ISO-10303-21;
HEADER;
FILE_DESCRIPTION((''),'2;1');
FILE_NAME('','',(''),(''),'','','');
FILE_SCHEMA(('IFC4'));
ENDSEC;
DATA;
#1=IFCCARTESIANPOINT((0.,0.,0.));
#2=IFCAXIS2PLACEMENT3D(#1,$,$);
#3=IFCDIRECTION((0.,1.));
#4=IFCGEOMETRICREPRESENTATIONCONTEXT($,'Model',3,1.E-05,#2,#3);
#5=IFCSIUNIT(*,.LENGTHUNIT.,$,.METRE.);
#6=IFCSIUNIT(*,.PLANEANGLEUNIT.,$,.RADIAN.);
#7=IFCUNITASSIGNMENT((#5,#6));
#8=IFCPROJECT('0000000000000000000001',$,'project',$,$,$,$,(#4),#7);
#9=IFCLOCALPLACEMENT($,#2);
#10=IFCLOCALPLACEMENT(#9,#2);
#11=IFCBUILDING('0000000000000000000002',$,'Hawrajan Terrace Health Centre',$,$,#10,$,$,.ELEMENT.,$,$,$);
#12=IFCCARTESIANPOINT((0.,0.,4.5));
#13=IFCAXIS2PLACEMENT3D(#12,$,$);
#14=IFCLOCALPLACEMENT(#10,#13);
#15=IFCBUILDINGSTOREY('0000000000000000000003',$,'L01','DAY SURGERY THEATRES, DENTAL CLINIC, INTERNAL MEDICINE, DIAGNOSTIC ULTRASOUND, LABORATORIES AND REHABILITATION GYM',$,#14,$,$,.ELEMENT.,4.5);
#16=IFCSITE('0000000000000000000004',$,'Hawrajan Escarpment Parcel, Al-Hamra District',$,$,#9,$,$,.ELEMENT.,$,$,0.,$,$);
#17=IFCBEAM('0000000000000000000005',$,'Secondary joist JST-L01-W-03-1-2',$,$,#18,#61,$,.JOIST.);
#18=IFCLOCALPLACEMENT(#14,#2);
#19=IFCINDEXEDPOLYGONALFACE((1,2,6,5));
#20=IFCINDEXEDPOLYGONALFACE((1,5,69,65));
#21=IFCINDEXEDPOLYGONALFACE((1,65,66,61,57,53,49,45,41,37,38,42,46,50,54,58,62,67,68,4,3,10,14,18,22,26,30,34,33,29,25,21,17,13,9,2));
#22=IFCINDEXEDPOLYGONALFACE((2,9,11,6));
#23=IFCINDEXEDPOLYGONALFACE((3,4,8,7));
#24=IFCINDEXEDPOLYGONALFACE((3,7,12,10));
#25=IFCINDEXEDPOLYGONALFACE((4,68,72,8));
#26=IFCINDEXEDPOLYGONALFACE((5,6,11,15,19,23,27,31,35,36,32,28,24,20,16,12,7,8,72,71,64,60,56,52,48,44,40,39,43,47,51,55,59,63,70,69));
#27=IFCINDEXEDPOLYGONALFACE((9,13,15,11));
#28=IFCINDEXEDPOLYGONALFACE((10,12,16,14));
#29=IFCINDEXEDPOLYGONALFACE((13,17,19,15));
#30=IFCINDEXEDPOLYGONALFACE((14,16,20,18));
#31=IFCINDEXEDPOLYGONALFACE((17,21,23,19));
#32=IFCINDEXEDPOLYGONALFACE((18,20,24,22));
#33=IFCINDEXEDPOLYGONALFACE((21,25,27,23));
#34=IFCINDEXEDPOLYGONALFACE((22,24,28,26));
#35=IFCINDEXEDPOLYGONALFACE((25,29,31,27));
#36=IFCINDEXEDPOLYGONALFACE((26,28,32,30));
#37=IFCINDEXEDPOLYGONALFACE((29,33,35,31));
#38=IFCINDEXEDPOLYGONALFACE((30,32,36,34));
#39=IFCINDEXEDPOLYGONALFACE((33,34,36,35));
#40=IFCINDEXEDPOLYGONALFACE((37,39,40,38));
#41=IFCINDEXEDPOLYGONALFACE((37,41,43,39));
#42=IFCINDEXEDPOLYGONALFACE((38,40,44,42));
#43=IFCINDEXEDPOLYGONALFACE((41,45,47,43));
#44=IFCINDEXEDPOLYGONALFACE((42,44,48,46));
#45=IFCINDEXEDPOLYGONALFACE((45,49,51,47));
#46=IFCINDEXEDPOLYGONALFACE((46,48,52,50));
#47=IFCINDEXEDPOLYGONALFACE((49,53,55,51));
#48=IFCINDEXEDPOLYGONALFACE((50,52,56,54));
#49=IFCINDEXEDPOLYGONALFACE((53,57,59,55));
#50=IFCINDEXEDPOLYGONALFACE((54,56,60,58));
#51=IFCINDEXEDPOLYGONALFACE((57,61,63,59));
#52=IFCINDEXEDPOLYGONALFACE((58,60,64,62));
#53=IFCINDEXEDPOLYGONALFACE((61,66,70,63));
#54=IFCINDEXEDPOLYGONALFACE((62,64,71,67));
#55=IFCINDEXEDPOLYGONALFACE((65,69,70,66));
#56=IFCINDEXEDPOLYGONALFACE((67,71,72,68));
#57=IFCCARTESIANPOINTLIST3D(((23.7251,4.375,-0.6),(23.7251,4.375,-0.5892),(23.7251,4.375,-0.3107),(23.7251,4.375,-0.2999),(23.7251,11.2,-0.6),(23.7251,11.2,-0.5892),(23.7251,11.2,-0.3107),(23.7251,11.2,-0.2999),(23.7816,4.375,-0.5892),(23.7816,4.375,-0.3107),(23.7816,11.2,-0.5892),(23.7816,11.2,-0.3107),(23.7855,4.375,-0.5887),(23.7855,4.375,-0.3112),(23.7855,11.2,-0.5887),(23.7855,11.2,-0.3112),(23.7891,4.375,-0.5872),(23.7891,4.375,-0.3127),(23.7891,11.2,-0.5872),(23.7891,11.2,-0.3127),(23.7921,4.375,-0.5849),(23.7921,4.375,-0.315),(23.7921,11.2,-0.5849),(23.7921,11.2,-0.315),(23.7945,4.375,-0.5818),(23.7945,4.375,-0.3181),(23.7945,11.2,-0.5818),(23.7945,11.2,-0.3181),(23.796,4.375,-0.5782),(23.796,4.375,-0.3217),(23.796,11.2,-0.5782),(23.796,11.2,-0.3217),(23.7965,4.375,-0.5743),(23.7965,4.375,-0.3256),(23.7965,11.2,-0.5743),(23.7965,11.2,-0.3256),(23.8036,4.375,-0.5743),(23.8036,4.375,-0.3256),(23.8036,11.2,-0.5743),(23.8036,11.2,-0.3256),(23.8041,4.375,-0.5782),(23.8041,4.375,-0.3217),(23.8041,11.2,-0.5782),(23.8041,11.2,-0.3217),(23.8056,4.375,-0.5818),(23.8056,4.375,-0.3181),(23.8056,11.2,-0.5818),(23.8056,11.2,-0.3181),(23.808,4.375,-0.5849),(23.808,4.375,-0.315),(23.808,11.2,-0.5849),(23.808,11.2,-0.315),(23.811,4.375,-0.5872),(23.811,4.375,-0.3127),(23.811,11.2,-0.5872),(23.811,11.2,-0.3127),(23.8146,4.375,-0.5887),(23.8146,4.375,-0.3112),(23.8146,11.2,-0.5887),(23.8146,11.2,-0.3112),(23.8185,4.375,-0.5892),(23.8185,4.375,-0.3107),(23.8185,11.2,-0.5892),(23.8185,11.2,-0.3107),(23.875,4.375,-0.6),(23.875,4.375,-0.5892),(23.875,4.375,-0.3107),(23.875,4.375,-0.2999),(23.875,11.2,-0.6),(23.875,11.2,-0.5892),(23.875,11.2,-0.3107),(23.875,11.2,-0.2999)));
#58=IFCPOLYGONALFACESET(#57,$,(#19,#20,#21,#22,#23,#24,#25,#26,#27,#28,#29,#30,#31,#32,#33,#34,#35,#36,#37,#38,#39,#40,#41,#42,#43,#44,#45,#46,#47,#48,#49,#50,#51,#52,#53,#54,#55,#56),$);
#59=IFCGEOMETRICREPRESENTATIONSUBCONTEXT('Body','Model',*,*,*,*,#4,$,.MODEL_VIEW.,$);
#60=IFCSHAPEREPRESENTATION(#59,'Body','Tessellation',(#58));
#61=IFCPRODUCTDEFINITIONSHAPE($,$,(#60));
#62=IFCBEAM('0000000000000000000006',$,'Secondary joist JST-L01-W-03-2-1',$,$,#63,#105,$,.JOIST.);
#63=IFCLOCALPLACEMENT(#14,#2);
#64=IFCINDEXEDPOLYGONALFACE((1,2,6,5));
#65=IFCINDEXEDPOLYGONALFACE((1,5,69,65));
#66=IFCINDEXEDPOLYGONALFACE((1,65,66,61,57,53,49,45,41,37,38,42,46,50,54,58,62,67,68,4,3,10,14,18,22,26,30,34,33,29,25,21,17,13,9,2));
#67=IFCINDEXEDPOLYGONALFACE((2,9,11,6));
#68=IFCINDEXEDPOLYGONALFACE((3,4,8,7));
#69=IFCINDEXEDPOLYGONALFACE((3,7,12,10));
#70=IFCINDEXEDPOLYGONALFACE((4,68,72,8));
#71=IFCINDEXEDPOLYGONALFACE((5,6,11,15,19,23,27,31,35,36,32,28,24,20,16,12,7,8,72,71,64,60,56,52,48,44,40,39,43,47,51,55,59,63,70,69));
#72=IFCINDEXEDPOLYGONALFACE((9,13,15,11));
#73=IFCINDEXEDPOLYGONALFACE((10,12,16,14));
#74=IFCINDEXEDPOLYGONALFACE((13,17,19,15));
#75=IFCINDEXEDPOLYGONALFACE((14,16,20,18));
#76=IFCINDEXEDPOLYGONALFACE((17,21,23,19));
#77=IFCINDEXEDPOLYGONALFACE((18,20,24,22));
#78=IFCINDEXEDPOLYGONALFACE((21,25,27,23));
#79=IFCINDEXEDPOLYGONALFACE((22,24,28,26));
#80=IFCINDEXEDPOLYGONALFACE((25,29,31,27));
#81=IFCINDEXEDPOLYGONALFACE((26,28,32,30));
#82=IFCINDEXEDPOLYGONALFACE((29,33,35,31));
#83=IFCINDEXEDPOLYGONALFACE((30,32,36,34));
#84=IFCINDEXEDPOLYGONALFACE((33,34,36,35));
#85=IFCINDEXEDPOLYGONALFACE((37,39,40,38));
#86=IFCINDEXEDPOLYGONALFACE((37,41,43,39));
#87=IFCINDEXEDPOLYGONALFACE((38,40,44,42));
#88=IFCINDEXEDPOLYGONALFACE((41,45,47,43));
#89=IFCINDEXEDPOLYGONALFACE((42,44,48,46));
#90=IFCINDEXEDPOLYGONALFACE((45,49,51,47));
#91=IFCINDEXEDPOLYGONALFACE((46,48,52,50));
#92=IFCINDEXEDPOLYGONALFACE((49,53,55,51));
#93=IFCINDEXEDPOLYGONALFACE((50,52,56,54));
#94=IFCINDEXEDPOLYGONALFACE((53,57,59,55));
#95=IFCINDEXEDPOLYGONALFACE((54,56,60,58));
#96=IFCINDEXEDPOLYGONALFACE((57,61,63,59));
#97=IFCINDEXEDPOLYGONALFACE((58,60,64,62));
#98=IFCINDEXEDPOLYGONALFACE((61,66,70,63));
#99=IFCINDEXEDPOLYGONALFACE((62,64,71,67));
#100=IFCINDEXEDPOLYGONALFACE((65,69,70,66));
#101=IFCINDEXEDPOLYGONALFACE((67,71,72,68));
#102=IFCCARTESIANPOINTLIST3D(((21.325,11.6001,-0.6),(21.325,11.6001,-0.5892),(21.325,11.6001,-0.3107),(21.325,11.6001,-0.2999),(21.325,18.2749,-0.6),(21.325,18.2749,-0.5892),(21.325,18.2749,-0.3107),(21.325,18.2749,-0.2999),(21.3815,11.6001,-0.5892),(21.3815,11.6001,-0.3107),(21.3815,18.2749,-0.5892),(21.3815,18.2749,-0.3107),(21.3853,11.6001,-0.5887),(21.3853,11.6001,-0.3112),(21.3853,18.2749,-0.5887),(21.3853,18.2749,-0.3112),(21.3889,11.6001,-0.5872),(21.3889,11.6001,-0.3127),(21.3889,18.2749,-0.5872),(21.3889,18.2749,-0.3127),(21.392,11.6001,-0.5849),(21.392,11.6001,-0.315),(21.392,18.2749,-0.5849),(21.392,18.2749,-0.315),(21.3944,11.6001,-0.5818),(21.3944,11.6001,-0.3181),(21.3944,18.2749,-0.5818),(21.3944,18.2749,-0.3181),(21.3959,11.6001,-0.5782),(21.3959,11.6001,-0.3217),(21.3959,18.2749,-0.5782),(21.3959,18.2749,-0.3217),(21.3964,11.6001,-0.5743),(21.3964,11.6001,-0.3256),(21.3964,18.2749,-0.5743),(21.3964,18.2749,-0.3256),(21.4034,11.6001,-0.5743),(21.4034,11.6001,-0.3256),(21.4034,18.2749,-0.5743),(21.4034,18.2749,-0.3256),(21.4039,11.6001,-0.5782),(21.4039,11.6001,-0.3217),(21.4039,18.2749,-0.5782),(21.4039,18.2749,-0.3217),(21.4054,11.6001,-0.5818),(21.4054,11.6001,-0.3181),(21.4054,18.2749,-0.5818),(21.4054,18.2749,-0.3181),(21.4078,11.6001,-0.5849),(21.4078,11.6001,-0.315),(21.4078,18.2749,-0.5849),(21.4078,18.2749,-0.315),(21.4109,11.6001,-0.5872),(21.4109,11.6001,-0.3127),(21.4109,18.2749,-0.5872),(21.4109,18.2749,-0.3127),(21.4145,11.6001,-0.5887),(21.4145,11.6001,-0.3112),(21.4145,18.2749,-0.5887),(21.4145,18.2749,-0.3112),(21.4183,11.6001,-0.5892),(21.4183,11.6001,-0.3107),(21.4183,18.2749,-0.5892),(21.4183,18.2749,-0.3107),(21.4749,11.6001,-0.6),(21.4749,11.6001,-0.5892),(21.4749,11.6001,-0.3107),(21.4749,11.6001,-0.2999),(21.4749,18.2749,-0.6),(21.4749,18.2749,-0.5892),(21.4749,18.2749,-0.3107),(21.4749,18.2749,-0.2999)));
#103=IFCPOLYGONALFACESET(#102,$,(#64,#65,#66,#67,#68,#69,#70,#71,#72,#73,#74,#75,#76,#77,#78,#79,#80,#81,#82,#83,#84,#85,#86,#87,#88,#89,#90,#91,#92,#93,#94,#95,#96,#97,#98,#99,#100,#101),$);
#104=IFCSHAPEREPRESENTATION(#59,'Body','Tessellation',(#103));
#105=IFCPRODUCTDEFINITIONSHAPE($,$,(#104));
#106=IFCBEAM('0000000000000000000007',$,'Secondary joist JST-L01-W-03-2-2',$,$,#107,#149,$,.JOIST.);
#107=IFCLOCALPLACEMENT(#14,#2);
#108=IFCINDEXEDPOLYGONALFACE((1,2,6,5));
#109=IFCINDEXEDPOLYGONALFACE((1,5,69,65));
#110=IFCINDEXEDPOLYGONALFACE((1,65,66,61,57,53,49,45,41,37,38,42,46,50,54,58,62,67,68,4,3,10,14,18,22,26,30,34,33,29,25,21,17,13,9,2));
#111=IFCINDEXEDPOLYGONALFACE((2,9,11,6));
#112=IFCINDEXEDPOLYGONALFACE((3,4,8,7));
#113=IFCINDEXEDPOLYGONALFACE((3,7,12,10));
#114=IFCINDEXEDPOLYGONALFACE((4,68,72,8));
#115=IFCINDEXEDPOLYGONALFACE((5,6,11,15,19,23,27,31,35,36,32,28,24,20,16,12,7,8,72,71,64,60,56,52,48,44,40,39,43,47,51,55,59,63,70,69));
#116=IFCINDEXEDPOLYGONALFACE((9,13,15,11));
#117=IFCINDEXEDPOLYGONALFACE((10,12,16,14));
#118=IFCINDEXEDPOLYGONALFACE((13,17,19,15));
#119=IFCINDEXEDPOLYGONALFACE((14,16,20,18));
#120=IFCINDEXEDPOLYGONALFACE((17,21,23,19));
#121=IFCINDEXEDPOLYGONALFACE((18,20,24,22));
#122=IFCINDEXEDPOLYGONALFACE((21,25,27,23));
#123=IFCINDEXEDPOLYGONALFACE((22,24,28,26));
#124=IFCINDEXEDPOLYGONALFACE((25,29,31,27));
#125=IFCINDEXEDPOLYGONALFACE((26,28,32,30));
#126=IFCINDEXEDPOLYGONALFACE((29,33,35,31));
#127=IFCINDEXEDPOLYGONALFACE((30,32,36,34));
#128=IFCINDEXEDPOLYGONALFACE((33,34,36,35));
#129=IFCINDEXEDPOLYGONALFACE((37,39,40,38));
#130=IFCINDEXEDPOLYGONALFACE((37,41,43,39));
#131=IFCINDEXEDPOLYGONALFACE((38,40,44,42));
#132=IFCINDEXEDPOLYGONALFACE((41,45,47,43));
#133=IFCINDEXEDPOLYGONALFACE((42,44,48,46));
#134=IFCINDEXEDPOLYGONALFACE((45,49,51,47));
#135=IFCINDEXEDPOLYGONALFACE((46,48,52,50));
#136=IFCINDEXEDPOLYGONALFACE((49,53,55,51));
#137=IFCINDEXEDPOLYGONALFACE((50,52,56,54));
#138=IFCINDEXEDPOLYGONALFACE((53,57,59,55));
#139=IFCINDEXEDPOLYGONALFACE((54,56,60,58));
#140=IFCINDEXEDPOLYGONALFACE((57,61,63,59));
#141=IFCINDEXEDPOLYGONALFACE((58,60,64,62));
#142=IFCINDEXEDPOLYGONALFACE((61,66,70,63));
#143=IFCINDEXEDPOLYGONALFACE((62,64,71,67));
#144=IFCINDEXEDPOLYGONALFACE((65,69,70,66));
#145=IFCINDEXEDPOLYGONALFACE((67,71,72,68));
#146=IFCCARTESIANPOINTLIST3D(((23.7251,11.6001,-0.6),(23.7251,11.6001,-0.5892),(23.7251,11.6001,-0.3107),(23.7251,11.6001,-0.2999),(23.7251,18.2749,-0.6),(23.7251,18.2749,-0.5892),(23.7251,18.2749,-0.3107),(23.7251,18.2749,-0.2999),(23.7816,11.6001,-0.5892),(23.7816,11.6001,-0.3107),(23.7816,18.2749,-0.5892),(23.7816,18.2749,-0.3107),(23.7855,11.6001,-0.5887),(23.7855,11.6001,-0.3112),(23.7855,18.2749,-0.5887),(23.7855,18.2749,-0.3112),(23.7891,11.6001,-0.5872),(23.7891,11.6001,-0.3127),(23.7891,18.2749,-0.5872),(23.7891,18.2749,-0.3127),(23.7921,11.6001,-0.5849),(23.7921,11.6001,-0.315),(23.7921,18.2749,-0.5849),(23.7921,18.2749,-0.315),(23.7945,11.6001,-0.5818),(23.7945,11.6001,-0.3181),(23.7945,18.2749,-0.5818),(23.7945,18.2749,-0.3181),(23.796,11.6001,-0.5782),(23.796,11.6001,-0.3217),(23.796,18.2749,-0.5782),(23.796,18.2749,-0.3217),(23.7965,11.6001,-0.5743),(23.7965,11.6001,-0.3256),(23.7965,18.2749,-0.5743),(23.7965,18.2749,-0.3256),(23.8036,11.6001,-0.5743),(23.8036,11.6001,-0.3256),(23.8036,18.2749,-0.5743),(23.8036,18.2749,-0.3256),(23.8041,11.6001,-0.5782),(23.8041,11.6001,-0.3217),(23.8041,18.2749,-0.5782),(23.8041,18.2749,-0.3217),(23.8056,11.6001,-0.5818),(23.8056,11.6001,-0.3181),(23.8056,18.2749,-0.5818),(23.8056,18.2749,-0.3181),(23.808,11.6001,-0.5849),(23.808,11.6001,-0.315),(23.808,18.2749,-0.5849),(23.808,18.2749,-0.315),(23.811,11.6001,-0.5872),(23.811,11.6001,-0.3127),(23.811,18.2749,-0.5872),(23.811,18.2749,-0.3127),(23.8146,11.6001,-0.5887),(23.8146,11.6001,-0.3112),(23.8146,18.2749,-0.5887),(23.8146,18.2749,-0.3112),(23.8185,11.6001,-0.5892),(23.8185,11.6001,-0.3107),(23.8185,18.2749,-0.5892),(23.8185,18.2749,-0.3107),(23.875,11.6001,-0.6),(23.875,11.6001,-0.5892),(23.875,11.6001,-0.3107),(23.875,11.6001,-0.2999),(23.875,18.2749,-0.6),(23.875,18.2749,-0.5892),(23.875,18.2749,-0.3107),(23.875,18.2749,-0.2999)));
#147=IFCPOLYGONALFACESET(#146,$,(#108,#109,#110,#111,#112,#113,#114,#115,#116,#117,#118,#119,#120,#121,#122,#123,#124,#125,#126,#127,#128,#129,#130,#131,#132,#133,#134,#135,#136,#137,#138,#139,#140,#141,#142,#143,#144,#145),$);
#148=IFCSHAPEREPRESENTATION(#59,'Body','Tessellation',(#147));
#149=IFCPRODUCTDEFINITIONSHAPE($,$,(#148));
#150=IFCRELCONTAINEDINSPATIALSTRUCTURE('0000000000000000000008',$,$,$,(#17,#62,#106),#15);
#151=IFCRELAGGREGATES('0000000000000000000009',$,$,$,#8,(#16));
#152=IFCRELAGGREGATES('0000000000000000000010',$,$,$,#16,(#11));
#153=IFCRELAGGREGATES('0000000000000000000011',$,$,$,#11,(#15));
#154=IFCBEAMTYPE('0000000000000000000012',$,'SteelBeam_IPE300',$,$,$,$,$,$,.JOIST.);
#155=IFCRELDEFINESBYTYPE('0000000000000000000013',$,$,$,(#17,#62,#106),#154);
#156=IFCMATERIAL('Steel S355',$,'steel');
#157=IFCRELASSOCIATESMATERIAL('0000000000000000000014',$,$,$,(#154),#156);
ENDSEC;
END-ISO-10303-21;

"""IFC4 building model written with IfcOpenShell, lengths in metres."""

from ifc_helpers import new_model, si_unit, direction, frame, origin, origin_2d, place, context, subcontext, project, spatial, i_section, extrude, material, material_profile, profile_set, type_object, element, save


model = new_model("IFC4")

# Units and contexts
model_context = context("Model", 3, precision=1e-05, world=origin(), true_north=direction((0.0, 1.0)))
body_context = subcontext(model_context, "Body", "Model", "MODEL_VIEW")
ifc_project = project(units=[si_unit("LENGTHUNIT", "METRE"), si_unit("PLANEANGLEUNIT", "RADIAN")], contexts=[model_context])

# Site, building, storey
site_placement = place(None, origin())
site = spatial("IfcSite", under=ifc_project, at=site_placement, Name="Hawrajan Escarpment Parcel, Al-Hamra District", CompositionType="ELEMENT", RefElevation=0.0)
building_placement = place(site_placement, origin())
building = spatial("IfcBuilding", under=site, at=building_placement, Name="Hawrajan Terrace Health Centre", CompositionType="ELEMENT")
storey_placement = place(building_placement, frame((0.0, 0.0, 4.5)))
storey = spatial("IfcBuildingStorey", under=building, at=storey_placement, Name="L01", Description="DAY SURGERY THEATRES, DENTAL CLINIC, INTERNAL MEDICINE, DIAGNOSTIC ULTRASOUND, LABORATORIES AND REHABILITATION GYM", CompositionType="ELEMENT", Elevation=4.5)

# Beams
ifc_material_1 = material(Name="Steel S355", Category="steel")
ifc_material_profile_1 = material_profile(ifc_material_1, i_section(OverallWidth=0.1499, OverallDepth=0.3, WebThickness=0.0071, FlangeThickness=0.0107, FilletRadius=0.0149, at=origin_2d()), Name="IPE 300")
ifc_profile_set_1 = profile_set([ifc_material_profile_1], Name="Steel S355")
beam_type_1 = type_object("IfcBeamType", Name="SteelBeam_IPE300", PredefinedType="JOIST", material=ifc_profile_set_1)
for number, where, z_axis, x_axis, name in (
    (1, (23.8, 4.375, -0.45), (0.0, 1.0, 0.0), (-1.0, 0.0, 0.0), "Secondary joist JST-L01-W-03-1-2"),
):
    element("IfcBeam", number, at=place(storey_placement, frame(where, z_axis=z_axis, x_axis=x_axis)), inside=storey, type_object=beam_type_1, Name=name, PredefinedType="JOIST", context=body_context, shape_type="SweptSolid", body=[
        extrude(i_section(OverallWidth=0.1499, OverallDepth=0.3, WebThickness=0.0071, FlangeThickness=0.0107, FilletRadius=0.0149, at=origin_2d()), origin(), (0.0, 0.0, 1.0), 6.825),
    ])
for number, where, z_axis, x_axis, name in (
    (2, (21.3999, 11.6001, -0.45), (0.0, 1.0, 0.0), (-1.0, 0.0, 0.0), "Secondary joist JST-L01-W-03-2-1"),
    (3, (23.8, 11.6001, -0.45), (0.0, 1.0, 0.0), (-1.0, 0.0, 0.0), "Secondary joist JST-L01-W-03-2-2"),
):
    element("IfcBeam", number, at=place(storey_placement, frame(where, z_axis=z_axis, x_axis=x_axis)), inside=storey, type_object=beam_type_1, Name=name, PredefinedType="JOIST", context=body_context, shape_type="SweptSolid", body=[
        extrude(i_section(OverallWidth=0.1499, OverallDepth=0.3, WebThickness=0.0071, FlangeThickness=0.0107, FilletRadius=0.0149, at=origin_2d()), origin(), (0.0, 0.0, 1.0), 6.6748),
    ])

save(model, "model.ifc")
